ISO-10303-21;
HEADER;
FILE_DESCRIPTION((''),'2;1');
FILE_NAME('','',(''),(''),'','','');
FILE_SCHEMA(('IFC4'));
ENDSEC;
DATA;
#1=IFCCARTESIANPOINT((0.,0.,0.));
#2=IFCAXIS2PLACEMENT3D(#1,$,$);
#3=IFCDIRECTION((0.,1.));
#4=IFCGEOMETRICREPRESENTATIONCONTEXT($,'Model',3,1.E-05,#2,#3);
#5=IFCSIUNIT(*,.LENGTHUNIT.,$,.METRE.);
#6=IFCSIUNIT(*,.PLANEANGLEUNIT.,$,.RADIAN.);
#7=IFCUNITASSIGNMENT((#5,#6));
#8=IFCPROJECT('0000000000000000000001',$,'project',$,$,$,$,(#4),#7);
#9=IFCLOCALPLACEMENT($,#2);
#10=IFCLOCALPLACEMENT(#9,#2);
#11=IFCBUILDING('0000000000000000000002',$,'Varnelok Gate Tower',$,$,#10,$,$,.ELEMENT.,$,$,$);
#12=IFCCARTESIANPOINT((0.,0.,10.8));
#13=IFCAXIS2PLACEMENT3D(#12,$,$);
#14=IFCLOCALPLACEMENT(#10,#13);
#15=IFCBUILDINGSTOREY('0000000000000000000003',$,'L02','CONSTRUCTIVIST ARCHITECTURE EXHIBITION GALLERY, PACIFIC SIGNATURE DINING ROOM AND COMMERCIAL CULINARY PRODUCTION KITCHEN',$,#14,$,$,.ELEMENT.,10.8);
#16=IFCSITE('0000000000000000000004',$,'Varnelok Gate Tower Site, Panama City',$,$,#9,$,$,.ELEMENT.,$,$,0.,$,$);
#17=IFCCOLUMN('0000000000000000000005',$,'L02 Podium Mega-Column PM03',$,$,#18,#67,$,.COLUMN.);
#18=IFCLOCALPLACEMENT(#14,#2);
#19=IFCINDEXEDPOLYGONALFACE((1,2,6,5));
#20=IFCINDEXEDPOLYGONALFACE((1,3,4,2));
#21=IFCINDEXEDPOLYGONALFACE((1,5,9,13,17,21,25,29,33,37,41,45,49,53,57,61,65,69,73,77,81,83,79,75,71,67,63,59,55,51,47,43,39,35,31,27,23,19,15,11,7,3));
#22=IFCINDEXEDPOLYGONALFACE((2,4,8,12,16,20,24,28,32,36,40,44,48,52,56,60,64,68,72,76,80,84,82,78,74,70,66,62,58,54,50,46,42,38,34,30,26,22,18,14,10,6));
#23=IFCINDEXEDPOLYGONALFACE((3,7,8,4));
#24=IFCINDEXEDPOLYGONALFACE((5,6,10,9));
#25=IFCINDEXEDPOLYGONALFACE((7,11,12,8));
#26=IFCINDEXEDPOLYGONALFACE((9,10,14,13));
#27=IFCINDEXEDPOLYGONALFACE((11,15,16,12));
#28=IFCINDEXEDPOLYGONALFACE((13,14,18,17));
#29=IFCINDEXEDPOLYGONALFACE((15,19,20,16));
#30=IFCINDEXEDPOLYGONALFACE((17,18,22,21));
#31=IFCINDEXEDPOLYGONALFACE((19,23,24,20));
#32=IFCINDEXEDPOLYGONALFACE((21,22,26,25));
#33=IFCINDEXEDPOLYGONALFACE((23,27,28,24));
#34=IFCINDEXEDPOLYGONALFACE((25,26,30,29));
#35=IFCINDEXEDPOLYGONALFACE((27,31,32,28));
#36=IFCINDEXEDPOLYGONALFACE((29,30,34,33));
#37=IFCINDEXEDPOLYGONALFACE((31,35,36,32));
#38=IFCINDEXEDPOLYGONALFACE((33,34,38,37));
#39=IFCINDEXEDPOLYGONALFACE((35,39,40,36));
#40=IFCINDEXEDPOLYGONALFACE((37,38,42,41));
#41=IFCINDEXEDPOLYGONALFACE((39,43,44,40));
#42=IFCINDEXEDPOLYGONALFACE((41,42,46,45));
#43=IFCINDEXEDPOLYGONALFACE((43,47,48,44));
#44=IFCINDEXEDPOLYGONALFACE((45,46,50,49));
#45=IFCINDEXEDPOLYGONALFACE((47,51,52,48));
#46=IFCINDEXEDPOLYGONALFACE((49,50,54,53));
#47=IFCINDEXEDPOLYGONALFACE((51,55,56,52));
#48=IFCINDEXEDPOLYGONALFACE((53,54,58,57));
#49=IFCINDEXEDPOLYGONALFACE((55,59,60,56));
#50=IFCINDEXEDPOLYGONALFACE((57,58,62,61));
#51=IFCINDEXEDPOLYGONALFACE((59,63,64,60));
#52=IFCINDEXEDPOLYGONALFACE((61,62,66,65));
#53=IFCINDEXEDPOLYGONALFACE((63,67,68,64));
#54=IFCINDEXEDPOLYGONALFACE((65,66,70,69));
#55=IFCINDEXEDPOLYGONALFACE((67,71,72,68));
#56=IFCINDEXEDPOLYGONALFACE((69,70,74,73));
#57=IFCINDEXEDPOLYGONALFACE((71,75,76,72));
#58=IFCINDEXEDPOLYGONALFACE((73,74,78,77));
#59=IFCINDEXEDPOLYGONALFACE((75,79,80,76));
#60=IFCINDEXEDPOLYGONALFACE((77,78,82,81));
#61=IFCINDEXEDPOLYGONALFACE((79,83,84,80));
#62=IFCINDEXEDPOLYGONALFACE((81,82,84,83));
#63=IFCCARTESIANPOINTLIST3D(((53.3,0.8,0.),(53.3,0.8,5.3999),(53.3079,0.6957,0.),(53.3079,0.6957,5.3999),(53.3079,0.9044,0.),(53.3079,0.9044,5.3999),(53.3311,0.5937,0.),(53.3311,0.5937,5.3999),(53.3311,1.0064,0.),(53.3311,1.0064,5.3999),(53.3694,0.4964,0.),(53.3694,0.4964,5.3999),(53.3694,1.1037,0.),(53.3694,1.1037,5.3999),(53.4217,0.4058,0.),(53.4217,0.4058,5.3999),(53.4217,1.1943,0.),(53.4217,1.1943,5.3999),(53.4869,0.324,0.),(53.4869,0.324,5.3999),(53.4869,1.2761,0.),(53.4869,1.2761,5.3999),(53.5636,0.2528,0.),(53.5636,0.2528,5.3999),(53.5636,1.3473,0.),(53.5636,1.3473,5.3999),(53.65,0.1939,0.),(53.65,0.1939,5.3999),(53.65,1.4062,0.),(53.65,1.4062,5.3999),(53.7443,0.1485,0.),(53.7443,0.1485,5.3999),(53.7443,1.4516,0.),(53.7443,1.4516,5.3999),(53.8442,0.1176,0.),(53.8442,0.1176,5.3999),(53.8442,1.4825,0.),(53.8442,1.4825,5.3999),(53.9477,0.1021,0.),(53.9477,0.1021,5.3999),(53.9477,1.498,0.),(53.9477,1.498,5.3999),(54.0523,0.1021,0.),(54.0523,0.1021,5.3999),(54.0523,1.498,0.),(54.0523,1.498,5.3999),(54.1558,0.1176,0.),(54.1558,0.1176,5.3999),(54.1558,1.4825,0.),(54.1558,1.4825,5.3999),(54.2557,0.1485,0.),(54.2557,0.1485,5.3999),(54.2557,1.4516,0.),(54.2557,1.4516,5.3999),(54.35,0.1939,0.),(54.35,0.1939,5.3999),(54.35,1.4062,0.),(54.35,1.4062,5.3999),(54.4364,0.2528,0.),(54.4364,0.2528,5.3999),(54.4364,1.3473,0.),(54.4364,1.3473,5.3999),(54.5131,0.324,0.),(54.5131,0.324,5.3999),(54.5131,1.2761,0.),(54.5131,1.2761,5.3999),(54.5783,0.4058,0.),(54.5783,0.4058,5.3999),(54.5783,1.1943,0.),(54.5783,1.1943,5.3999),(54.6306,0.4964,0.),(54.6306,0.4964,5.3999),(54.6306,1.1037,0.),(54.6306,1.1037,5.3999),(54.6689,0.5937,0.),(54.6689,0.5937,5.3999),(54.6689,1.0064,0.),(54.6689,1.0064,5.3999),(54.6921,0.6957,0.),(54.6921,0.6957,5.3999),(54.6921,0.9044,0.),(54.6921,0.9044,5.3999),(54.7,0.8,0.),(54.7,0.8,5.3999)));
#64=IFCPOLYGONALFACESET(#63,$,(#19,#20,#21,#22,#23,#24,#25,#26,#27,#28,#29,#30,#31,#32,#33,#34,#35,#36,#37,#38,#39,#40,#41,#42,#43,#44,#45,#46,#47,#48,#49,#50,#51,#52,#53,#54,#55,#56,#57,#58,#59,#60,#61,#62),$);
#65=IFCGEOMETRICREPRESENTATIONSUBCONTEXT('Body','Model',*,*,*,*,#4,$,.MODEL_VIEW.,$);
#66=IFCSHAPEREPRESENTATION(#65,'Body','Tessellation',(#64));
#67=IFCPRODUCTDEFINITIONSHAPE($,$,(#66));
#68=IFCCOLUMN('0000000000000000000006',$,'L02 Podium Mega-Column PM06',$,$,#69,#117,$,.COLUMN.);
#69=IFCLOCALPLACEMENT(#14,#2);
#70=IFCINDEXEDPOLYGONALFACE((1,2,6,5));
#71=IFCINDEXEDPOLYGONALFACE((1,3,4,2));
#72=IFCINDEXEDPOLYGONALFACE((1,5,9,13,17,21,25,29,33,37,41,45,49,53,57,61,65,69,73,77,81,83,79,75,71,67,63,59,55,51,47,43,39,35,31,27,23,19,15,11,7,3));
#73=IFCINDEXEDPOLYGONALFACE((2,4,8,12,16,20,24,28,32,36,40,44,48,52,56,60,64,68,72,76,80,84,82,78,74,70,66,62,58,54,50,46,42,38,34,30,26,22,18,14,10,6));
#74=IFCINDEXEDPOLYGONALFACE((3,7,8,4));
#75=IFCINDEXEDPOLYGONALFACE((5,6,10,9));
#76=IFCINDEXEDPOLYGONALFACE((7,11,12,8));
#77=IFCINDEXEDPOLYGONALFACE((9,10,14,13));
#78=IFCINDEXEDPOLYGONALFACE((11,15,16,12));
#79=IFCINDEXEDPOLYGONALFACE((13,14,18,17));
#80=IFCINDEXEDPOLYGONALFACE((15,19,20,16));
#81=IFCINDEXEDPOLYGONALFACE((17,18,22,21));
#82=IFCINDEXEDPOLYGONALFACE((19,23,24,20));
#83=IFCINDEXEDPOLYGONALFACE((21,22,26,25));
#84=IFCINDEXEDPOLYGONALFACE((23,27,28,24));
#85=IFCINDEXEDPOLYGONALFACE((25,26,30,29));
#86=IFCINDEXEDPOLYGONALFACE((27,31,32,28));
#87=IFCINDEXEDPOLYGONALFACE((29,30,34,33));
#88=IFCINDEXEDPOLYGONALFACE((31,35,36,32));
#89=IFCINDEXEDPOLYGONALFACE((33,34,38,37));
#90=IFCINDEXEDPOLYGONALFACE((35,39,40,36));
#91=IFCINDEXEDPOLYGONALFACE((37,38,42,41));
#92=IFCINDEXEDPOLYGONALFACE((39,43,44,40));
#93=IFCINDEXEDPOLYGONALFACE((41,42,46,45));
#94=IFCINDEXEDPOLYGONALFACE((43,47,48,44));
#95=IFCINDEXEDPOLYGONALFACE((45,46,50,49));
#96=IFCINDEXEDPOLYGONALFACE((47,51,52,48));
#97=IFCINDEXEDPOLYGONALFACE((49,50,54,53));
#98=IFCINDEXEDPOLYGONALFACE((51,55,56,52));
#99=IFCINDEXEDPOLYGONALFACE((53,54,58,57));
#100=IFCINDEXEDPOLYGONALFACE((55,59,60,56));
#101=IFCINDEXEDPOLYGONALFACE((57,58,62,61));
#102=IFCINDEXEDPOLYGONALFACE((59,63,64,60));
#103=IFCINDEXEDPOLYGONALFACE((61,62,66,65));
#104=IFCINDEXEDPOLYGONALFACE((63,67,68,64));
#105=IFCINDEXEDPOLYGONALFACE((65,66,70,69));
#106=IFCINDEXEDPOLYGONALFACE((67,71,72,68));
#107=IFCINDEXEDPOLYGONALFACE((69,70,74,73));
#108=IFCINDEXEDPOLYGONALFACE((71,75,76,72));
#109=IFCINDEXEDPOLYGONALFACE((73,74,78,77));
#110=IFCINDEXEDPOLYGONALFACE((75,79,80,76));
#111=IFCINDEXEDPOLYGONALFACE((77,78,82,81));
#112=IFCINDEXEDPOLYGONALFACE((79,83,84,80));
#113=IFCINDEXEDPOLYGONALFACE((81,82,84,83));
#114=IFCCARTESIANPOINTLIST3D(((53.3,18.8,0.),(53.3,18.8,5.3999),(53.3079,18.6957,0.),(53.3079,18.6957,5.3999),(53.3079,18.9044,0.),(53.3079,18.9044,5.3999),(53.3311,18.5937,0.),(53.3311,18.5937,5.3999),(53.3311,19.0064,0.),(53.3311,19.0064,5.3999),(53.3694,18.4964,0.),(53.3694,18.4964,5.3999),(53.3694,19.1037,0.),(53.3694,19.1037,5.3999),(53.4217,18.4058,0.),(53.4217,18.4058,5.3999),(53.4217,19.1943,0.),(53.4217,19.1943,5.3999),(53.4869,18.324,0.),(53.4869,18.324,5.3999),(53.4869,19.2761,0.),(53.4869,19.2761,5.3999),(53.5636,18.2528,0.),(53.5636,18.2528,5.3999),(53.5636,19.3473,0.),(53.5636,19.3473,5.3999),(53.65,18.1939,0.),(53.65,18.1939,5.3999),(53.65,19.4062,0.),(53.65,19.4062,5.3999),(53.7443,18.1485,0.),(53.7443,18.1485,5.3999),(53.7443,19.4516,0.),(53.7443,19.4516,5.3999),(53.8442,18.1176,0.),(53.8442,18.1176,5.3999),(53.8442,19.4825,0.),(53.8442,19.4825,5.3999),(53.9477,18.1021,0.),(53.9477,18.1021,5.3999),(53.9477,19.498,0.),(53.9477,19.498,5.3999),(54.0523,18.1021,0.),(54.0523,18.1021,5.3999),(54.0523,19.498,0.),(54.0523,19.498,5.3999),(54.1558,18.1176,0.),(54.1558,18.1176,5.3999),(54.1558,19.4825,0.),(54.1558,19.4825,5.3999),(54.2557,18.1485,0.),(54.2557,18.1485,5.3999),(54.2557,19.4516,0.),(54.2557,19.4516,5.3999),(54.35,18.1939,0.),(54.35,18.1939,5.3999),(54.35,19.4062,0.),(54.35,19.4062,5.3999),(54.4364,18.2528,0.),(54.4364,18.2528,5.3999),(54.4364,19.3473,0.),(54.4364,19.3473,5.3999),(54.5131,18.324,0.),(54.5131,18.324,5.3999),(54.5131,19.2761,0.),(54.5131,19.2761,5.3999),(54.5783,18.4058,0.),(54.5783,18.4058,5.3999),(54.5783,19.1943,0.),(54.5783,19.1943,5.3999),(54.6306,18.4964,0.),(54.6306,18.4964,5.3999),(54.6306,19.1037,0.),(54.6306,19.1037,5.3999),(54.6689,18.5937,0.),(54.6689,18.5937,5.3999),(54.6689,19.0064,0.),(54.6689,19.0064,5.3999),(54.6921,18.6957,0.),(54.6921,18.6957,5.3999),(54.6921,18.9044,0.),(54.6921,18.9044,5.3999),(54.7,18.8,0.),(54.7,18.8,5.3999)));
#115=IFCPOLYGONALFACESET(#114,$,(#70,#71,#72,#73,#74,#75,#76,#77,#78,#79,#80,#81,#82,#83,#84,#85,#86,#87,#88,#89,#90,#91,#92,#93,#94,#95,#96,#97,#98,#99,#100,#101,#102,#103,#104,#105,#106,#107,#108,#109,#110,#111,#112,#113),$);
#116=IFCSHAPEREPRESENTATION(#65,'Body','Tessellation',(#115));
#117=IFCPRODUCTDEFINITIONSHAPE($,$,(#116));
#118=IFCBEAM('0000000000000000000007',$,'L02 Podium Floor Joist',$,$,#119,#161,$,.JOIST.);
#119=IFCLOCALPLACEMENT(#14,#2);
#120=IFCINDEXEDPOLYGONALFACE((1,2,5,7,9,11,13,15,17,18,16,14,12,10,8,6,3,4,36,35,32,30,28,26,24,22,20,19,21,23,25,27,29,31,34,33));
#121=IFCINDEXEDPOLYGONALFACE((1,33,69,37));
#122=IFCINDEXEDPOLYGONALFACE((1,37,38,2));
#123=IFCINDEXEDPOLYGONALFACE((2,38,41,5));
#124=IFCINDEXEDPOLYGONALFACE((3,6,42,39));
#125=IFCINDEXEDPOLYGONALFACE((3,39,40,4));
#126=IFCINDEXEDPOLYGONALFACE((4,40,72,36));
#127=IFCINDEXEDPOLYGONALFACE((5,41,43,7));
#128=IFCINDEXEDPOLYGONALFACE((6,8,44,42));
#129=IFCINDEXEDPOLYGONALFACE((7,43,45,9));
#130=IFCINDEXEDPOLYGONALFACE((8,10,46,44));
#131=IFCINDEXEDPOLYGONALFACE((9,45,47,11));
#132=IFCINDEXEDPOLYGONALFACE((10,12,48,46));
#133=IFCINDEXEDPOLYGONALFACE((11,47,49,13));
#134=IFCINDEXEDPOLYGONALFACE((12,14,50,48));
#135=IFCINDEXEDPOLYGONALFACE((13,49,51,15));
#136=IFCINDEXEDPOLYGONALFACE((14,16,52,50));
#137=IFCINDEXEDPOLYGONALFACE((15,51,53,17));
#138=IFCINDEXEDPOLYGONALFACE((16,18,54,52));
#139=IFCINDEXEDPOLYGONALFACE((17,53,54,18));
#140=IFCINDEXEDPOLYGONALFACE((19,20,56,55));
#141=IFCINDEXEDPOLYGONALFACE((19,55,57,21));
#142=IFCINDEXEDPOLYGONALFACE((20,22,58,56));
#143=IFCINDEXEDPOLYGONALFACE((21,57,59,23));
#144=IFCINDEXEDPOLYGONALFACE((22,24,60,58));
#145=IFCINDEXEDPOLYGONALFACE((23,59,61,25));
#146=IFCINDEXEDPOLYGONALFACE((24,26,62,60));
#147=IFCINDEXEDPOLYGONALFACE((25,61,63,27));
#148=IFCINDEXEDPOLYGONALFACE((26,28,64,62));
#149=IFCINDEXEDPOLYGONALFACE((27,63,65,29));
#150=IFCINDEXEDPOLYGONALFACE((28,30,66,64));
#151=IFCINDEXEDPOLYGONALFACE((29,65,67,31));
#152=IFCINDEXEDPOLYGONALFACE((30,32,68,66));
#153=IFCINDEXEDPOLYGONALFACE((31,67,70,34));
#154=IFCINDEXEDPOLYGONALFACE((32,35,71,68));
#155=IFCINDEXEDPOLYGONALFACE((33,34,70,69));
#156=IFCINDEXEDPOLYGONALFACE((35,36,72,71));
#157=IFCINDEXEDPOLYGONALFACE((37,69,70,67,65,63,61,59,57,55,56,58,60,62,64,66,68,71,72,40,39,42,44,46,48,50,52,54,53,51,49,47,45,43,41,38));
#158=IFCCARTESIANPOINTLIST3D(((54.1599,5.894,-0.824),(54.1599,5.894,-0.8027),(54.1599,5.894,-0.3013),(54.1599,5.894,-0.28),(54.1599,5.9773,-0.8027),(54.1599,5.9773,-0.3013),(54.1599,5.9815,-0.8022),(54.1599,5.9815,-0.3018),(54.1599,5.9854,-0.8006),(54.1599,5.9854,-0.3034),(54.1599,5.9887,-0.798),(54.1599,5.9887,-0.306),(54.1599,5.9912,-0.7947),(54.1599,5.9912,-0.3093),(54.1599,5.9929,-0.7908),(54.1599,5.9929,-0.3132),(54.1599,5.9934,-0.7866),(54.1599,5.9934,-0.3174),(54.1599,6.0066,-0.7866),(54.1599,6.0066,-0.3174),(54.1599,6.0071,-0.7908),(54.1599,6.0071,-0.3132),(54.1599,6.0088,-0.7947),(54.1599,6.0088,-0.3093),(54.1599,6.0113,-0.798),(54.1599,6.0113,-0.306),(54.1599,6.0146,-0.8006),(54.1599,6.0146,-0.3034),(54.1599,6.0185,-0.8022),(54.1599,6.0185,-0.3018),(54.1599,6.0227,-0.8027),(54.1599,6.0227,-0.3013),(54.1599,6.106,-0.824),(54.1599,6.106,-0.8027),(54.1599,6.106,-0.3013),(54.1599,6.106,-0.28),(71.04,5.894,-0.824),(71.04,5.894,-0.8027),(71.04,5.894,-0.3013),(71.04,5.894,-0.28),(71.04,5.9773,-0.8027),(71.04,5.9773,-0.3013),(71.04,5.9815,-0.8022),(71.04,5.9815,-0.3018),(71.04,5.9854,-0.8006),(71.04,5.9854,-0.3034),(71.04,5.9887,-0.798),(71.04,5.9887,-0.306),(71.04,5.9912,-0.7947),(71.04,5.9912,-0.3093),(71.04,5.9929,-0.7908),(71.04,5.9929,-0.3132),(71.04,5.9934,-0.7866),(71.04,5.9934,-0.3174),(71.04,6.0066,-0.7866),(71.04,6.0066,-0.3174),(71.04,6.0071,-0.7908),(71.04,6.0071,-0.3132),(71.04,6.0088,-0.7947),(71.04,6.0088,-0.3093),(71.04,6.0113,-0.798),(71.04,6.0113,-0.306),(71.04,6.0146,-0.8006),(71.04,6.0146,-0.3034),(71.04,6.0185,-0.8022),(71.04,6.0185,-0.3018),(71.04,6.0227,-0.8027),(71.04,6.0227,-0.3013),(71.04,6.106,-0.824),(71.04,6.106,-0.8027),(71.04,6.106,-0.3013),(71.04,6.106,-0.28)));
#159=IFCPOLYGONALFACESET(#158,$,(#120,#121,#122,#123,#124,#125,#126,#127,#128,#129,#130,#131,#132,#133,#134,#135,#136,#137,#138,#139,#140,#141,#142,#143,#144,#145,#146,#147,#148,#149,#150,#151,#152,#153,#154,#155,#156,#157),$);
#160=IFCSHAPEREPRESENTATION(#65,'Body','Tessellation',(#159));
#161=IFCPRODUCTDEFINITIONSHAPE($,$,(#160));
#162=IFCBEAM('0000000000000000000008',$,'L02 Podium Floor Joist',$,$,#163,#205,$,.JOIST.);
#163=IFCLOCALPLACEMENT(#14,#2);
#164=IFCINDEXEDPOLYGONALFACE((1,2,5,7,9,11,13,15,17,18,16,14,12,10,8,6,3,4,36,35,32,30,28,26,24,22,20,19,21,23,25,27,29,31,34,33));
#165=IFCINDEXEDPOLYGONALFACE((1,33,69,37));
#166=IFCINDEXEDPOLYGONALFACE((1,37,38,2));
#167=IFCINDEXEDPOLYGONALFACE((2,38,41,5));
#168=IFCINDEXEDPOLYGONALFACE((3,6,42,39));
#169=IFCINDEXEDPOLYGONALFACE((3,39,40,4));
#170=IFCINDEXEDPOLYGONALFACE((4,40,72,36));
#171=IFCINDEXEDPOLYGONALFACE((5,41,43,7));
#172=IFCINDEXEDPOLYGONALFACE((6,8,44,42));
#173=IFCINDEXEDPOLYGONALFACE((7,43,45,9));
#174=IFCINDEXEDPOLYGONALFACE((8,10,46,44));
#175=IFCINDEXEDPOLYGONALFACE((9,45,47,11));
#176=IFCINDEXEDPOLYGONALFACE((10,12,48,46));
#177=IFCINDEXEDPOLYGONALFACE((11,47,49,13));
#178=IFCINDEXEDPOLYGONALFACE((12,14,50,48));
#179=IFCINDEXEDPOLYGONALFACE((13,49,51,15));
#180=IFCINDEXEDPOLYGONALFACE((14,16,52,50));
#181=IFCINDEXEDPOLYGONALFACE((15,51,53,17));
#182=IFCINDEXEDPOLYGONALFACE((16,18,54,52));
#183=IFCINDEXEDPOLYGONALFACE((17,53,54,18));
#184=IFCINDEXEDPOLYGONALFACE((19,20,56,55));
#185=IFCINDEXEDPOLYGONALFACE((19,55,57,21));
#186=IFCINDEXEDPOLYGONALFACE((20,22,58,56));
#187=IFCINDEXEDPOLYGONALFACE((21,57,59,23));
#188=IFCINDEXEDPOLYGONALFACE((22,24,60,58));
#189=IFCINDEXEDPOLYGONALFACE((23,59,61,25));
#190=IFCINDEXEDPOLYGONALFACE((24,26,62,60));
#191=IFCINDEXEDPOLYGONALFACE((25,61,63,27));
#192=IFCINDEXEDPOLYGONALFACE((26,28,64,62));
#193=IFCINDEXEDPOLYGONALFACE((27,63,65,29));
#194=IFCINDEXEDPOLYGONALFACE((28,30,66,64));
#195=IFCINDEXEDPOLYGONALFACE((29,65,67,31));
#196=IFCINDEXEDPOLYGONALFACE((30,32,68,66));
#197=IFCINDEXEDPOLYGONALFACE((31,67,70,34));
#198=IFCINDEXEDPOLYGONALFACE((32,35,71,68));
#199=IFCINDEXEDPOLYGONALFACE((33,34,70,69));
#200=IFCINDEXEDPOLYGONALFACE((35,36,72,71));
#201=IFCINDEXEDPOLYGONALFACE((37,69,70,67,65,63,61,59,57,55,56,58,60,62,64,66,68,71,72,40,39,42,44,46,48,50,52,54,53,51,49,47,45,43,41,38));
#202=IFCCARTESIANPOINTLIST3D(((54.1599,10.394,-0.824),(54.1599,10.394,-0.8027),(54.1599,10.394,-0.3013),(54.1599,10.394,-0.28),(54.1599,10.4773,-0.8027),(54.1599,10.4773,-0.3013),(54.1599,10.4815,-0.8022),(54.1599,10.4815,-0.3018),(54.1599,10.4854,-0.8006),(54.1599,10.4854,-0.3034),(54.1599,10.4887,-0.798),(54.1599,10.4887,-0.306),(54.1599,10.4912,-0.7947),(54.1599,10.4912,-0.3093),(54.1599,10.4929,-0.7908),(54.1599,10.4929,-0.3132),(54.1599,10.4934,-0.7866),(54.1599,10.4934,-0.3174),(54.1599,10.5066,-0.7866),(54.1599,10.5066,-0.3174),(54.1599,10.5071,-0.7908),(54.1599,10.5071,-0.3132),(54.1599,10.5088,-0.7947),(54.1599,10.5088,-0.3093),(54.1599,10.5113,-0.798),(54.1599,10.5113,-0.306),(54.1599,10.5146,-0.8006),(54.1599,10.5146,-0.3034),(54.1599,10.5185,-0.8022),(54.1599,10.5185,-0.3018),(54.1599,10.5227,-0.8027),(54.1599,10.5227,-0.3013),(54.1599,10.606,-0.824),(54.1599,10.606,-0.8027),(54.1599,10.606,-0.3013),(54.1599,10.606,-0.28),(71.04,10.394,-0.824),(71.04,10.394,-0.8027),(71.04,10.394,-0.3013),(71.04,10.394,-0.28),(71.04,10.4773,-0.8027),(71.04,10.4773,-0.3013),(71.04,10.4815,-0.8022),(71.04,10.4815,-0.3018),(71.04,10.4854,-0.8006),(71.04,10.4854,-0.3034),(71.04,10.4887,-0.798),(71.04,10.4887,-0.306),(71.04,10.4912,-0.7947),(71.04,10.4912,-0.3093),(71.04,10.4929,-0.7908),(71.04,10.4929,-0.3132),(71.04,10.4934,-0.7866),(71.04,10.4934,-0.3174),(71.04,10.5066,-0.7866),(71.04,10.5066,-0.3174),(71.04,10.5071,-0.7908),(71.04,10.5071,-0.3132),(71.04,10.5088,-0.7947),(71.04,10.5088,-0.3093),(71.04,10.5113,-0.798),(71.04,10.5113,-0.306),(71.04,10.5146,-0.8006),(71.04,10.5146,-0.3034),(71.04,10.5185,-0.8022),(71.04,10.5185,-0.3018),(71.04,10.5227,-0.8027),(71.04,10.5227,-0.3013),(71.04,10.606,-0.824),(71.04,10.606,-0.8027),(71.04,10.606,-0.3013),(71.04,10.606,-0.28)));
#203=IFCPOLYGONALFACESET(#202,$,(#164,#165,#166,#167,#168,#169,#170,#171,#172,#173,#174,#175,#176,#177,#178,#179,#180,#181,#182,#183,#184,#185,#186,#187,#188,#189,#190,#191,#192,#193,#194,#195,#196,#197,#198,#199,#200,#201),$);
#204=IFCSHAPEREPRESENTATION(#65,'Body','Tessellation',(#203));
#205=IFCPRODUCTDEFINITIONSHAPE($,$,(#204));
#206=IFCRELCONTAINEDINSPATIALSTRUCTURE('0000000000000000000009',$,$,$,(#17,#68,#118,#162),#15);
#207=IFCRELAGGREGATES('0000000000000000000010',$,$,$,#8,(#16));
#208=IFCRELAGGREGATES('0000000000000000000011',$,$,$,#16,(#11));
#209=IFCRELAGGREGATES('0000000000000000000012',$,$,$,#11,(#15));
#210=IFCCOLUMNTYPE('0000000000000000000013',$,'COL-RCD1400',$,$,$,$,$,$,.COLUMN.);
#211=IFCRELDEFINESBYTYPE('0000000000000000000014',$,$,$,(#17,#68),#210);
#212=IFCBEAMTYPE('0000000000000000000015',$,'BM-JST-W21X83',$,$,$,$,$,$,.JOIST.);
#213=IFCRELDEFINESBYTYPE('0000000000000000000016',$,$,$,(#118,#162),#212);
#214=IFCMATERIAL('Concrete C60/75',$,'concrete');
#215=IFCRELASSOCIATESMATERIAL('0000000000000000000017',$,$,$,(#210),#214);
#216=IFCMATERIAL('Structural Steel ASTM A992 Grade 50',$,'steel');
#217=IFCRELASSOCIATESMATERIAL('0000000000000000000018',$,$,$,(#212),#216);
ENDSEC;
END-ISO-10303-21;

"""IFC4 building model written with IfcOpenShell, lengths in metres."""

from ifc_helpers import new_model, si_unit, direction, frame, origin, origin_2d, place, context, subcontext, project, spatial, circle, i_section, extrude, material, material_profile, profile_set, type_object, element, save


model = new_model("IFC4")

# Units and contexts
model_context = context("Model", 3, precision=1e-05, world=origin(), true_north=direction((0.0, 1.0)))
body_context = subcontext(model_context, "Body", "Model", "MODEL_VIEW")
ifc_project = project(units=[si_unit("LENGTHUNIT", "METRE"), si_unit("PLANEANGLEUNIT", "RADIAN")], contexts=[model_context])

# Site, building, storey
site_placement = place(None, origin())
site = spatial("IfcSite", under=ifc_project, at=site_placement, Name="Varnelok Gate Tower Site, Panama City", CompositionType="ELEMENT", RefElevation=0.0)
building_placement = place(site_placement, origin())
building = spatial("IfcBuilding", under=site, at=building_placement, Name="Varnelok Gate Tower", CompositionType="ELEMENT")
storey_placement = place(building_placement, frame((0.0, 0.0, 10.8)))
storey = spatial("IfcBuildingStorey", under=building, at=storey_placement, Name="L02", Description="CONSTRUCTIVIST ARCHITECTURE EXHIBITION GALLERY, PACIFIC SIGNATURE DINING ROOM AND COMMERCIAL CULINARY PRODUCTION KITCHEN", CompositionType="ELEMENT", Elevation=10.8)

# Columns
ifc_material_1 = material(Name="Concrete C60/75", Category="concrete")
ifc_material_profile_1 = material_profile(ifc_material_1, circle(Radius=0.7, at=origin_2d()), Name="RCD1400")
ifc_profile_set_1 = profile_set([ifc_material_profile_1], Name="Concrete C60/75")
column_type = type_object("IfcColumnType", Name="COL-RCD1400", PredefinedType="COLUMN", material=ifc_profile_set_1)
for number, where, z_axis, x_axis, name in (
    (1, (54.0, 0.8, 0.0), (0.0, 0.0, 1.0), (1.0, 0.0, 0.0), "L02 Podium Mega-Column PM03"),
    (2, (54.0, 18.8, 0.0), (0.0, 0.0, 1.0), (1.0, 0.0, 0.0), "L02 Podium Mega-Column PM06"),
):
    element("IfcColumn", number, at=place(storey_placement, frame(where, z_axis=z_axis, x_axis=x_axis)), inside=storey, type_object=column_type, Name=name, PredefinedType="COLUMN", context=body_context, shape_type="SweptSolid", body=[
        extrude(circle(Radius=0.7, at=origin_2d()), origin(), (0.0, 0.0, 1.0), 5.3999),
    ])

# Beams
ifc_material_2 = material(Name="Structural Steel ASTM A992 Grade 50", Category="steel")
ifc_material_profile_2 = material_profile(ifc_material_2, i_section(OverallWidth=0.2119, OverallDepth=0.5439, WebThickness=0.0132, FlangeThickness=0.0212, FilletRadius=0.0161, at=origin_2d()), Name="W21X83")
ifc_profile_set_2 = profile_set([ifc_material_profile_2], Name="Structural Steel ASTM A992 Grade 50")
beam_type_1 = type_object("IfcBeamType", Name="BM-JST-W21X83", PredefinedType="JOIST", material=ifc_profile_set_2)
for number, where, z_axis, x_axis, name in (
    (3, (54.1599, 6.0, -0.552), (1.0, 0.0, 0.0), (0.0, 1.0, 0.0), "L02 Podium Floor Joist"),
    (4, (54.1599, 10.5, -0.552), (1.0, 0.0, 0.0), (0.0, 1.0, 0.0), "L02 Podium Floor Joist"),
):
    element("IfcBeam", number, at=place(storey_placement, frame(where, z_axis=z_axis, x_axis=x_axis)), inside=storey, type_object=beam_type_1, Name=name, PredefinedType="JOIST", context=body_context, shape_type="SweptSolid", body=[
        extrude(i_section(OverallWidth=0.2119, OverallDepth=0.5439, WebThickness=0.0132, FlangeThickness=0.0212, FilletRadius=0.0161, at=origin_2d()), origin(), (0.0, 0.0, 1.0), 16.8801),
    ])

save(model, "model.ifc")
